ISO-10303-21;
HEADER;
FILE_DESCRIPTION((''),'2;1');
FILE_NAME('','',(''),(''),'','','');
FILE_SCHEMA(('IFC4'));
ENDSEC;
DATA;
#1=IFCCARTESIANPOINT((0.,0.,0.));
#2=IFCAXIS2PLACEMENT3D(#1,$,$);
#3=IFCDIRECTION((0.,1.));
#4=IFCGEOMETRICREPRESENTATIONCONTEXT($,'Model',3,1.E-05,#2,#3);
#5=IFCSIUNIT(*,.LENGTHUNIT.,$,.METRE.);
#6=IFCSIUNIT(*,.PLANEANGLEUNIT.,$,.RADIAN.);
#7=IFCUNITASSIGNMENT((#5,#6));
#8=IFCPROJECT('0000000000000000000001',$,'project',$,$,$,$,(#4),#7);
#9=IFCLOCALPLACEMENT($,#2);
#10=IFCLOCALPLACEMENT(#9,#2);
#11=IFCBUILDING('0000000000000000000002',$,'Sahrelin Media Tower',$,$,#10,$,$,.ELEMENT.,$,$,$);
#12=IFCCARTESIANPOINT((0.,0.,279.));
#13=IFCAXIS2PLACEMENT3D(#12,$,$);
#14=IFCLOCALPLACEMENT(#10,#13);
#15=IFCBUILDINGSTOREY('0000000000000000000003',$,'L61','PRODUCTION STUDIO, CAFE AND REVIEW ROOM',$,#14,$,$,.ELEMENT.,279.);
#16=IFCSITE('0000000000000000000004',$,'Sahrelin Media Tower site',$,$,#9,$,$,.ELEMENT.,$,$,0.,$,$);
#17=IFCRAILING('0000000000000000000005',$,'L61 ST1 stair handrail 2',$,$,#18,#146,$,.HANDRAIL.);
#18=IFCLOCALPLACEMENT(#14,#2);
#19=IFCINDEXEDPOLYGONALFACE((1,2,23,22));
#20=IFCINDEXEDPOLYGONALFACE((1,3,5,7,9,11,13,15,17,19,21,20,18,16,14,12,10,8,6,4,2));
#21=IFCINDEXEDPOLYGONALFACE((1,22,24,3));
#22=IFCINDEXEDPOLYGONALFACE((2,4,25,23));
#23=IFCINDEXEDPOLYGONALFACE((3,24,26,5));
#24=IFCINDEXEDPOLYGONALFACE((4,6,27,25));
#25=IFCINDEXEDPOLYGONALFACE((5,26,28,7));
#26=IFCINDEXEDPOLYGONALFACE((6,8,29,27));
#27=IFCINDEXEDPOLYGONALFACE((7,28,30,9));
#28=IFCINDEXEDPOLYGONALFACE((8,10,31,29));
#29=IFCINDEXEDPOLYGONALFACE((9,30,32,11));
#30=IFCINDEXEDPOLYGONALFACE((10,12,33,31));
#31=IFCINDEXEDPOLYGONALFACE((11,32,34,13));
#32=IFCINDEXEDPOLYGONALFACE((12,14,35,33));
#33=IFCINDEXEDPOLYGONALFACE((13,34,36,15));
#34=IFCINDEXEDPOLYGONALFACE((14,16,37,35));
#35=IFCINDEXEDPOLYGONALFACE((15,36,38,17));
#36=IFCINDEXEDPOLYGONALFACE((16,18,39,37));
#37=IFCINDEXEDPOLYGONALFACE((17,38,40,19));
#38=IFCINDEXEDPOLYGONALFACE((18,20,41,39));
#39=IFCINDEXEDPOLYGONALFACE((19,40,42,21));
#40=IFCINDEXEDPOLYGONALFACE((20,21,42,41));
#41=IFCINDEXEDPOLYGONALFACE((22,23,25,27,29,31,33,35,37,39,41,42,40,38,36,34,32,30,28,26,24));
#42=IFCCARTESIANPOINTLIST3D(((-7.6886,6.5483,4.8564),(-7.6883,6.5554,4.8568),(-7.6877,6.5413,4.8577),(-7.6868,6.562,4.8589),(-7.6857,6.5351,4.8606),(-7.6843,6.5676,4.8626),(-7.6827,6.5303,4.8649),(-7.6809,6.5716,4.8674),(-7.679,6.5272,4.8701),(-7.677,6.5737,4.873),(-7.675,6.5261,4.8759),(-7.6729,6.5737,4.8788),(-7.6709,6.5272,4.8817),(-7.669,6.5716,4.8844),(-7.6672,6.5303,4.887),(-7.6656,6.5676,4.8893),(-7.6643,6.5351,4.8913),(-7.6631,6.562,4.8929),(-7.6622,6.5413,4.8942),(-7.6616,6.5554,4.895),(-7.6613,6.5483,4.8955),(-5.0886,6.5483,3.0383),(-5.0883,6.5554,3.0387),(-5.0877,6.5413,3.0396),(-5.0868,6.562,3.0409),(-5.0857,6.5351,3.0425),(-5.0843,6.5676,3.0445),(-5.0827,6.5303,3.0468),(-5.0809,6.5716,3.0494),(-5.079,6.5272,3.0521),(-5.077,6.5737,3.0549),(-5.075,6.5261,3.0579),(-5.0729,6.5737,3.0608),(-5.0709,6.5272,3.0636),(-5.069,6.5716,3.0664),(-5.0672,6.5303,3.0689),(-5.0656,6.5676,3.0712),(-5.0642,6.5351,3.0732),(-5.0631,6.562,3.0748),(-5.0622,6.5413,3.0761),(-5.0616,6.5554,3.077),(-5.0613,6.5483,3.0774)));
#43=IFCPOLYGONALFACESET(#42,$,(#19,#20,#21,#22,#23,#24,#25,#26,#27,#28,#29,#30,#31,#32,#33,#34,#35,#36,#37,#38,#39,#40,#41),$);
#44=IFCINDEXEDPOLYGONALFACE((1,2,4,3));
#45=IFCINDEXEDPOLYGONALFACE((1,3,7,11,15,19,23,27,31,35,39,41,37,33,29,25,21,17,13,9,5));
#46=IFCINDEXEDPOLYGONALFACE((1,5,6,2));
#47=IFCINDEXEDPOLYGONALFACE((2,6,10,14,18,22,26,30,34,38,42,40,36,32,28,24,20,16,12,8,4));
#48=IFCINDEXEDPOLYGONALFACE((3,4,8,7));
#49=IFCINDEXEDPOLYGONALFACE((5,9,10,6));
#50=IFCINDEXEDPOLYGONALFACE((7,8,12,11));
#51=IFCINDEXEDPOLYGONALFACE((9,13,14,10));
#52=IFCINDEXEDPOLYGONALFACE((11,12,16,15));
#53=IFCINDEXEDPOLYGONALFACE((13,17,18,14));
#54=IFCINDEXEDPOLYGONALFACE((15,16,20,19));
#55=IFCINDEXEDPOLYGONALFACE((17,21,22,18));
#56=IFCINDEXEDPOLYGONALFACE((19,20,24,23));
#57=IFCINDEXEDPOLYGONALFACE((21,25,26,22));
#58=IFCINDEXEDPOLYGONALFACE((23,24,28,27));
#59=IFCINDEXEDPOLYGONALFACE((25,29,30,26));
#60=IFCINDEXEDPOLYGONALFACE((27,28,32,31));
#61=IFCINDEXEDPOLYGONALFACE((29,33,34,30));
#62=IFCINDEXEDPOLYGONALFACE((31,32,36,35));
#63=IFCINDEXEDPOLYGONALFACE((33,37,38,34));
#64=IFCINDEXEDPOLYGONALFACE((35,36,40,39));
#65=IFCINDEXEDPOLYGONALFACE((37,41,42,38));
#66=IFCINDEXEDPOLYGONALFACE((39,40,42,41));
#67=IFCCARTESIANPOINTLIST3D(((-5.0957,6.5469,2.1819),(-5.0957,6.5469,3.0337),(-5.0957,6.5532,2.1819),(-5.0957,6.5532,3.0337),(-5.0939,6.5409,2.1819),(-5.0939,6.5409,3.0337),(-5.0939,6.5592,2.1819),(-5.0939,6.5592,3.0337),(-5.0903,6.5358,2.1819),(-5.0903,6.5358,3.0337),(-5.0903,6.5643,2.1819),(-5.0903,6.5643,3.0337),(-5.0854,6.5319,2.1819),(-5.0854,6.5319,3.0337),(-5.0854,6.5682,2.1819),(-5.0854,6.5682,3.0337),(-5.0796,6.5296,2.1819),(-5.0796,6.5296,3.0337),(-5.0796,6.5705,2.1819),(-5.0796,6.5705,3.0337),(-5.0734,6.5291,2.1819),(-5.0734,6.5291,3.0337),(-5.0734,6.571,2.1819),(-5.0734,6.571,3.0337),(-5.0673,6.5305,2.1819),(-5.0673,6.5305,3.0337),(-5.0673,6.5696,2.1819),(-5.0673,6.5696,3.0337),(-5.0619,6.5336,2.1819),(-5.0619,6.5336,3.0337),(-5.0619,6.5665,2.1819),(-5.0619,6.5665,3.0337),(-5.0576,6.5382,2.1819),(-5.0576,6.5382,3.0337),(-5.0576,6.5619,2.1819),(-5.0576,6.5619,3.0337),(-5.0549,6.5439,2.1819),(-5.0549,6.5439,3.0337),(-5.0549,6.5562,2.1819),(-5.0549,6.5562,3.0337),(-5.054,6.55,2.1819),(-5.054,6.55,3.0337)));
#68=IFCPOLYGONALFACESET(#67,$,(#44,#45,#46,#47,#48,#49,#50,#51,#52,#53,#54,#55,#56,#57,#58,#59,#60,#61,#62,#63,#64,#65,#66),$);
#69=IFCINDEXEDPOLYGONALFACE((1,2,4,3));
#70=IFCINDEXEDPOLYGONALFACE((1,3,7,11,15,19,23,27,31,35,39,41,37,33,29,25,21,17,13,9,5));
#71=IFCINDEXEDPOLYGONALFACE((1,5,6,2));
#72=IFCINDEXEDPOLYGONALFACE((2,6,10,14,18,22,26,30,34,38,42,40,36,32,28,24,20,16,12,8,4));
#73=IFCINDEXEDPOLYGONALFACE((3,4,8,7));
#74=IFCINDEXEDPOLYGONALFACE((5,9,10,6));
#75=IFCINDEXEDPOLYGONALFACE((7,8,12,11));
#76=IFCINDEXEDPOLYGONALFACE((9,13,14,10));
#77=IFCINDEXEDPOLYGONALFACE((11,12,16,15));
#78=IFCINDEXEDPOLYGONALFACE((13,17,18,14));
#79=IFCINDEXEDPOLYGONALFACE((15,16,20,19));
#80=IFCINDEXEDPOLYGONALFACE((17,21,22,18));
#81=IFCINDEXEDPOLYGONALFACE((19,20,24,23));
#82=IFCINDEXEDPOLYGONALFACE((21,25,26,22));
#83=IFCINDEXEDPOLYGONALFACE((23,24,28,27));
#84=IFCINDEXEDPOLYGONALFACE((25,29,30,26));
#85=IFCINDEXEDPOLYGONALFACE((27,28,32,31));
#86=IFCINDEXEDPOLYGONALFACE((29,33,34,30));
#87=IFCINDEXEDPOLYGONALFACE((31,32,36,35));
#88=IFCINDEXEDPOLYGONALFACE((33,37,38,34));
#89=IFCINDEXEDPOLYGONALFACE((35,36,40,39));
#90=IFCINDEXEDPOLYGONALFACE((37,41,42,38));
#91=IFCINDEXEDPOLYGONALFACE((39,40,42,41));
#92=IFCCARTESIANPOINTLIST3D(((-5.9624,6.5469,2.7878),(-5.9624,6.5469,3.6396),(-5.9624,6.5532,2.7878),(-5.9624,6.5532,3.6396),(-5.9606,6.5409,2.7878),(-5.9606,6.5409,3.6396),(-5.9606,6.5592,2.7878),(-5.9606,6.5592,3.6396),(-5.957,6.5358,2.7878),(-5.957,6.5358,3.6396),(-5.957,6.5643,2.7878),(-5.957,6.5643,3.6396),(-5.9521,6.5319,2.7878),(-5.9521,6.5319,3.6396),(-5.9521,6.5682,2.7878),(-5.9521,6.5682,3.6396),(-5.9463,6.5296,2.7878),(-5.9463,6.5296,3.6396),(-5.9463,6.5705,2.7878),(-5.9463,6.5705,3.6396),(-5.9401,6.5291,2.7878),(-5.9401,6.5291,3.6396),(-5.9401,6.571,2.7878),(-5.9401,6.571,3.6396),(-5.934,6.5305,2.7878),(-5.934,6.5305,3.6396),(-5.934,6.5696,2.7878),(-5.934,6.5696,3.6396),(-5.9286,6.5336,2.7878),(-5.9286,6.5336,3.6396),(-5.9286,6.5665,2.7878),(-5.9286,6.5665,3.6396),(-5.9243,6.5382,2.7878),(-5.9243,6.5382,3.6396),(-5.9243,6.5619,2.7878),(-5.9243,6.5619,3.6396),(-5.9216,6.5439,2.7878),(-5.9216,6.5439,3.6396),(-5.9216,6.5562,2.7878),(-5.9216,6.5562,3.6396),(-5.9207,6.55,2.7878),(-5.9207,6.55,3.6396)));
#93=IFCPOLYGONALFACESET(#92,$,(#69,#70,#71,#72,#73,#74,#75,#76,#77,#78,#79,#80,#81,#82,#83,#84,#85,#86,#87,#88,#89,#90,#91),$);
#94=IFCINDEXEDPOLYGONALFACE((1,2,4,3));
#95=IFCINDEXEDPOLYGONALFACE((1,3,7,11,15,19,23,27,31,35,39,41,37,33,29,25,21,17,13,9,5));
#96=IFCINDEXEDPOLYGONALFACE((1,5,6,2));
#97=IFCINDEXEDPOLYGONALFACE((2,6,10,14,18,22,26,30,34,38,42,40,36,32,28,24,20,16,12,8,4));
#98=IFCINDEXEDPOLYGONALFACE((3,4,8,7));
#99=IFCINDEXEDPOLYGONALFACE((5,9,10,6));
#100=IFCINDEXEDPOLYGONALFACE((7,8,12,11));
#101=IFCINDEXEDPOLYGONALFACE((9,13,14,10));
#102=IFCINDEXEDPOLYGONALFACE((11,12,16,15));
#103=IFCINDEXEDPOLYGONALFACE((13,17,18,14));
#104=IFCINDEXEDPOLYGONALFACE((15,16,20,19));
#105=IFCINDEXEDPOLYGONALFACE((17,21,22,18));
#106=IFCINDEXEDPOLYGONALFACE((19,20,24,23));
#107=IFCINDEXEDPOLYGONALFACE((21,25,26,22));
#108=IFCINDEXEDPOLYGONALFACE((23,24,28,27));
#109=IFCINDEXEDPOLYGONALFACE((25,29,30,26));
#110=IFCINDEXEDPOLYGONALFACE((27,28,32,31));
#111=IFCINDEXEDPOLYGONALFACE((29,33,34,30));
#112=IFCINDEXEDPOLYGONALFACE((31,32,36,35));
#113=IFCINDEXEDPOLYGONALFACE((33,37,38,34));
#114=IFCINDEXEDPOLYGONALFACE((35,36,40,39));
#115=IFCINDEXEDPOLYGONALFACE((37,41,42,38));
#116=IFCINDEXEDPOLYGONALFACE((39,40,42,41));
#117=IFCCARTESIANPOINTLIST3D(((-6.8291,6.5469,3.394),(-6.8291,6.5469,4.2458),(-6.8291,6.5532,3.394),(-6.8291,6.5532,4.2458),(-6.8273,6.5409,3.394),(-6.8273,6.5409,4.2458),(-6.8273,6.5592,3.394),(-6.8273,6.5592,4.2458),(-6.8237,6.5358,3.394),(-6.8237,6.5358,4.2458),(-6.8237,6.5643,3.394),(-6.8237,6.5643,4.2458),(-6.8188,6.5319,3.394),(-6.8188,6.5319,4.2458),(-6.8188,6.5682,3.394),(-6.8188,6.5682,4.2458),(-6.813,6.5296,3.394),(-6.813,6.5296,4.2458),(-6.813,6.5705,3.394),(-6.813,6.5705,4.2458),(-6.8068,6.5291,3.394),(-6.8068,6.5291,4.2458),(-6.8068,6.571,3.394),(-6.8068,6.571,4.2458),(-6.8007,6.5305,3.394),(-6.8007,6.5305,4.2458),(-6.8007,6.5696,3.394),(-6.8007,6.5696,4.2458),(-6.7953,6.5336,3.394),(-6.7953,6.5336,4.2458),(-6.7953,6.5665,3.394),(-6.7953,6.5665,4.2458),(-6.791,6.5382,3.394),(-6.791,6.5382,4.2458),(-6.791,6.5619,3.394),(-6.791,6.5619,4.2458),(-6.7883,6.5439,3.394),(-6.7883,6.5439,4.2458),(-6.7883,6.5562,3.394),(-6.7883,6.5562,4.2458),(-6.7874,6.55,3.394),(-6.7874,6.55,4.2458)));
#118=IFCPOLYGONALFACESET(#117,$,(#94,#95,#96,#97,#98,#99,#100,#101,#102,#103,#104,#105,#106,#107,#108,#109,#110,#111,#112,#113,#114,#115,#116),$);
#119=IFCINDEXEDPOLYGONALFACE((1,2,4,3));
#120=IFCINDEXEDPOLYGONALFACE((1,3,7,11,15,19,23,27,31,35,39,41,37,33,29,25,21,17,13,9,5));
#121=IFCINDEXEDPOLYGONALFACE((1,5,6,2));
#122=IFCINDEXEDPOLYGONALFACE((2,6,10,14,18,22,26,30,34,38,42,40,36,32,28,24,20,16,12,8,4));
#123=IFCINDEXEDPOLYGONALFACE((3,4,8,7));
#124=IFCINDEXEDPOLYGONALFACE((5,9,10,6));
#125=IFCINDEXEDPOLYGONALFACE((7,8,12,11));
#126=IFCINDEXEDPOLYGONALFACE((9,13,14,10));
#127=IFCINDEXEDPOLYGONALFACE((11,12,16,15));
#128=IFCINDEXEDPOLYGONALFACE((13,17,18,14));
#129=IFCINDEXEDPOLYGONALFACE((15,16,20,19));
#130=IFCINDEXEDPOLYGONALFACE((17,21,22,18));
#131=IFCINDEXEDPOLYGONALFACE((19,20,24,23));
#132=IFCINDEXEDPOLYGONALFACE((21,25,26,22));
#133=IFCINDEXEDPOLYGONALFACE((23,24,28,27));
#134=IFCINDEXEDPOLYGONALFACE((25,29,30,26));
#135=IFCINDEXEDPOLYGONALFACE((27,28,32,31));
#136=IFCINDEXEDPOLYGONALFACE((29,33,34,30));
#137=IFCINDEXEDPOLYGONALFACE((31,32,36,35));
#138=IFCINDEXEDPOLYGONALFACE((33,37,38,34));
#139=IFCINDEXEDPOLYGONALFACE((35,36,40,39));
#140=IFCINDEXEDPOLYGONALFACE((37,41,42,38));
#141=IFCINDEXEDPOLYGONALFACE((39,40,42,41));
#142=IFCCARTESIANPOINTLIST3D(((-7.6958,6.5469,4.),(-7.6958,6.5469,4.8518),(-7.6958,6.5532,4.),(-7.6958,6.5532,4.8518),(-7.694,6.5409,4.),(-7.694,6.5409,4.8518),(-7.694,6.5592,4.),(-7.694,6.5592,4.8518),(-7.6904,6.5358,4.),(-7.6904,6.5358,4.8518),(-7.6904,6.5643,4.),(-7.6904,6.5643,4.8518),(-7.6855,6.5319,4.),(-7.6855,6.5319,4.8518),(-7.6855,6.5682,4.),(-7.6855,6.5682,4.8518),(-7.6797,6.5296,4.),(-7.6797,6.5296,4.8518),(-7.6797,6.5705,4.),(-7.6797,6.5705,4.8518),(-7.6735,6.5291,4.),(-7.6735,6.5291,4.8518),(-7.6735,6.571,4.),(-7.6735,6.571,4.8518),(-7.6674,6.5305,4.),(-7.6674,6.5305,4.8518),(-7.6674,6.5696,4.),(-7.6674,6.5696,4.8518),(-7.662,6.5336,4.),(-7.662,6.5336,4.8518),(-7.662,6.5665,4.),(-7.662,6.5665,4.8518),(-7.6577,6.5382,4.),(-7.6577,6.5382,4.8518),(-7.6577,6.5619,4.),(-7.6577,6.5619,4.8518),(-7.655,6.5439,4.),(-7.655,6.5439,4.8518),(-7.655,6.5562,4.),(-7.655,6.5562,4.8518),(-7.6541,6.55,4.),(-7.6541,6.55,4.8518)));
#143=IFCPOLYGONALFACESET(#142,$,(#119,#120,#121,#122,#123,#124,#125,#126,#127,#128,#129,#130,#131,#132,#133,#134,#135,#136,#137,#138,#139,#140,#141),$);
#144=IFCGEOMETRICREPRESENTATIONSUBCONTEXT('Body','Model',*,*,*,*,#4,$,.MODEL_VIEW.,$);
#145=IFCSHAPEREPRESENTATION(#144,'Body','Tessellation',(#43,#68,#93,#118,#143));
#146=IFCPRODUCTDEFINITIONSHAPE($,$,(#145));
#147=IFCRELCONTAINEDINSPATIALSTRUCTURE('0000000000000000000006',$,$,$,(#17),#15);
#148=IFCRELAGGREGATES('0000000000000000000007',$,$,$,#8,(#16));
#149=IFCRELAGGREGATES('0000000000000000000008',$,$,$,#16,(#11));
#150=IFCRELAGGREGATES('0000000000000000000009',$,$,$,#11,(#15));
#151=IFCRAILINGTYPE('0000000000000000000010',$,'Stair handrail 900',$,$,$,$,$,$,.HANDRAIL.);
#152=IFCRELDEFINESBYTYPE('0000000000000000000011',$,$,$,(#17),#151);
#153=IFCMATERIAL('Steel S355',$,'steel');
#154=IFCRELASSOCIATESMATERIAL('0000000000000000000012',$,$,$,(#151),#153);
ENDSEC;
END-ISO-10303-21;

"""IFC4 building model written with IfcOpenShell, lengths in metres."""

from ifc_helpers import new_model, si_unit, direction, frame, origin, origin_2d, place, context, subcontext, project, spatial, circle, extrude, material, type_object, element, save


model = new_model("IFC4")

# Units and contexts
model_context = context("Model", 3, precision=1e-05, world=origin(), true_north=direction((0.0, 1.0)))
body_context = subcontext(model_context, "Body", "Model", "MODEL_VIEW")
ifc_project = project(units=[si_unit("LENGTHUNIT", "METRE"), si_unit("PLANEANGLEUNIT", "RADIAN")], contexts=[model_context])

# Site, building, storey
site_placement = place(None, origin())
site = spatial("IfcSite", under=ifc_project, at=site_placement, Name="Sahrelin Media Tower site", CompositionType="ELEMENT", RefElevation=0.0)
building_placement = place(site_placement, origin())
building = spatial("IfcBuilding", under=site, at=building_placement, Name="Sahrelin Media Tower", CompositionType="ELEMENT")
storey_placement = place(building_placement, frame((0.0, 0.0, 279.0)))
storey = spatial("IfcBuildingStorey", under=building, at=storey_placement, Name="L61", Description="PRODUCTION STUDIO, CAFE AND REVIEW ROOM", CompositionType="ELEMENT", Elevation=279.0)

# Shared definitions
ifc_material_1 = material(Name="Steel S355", Category="steel")

# Railing
railing_type_1 = type_object("IfcRailingType", Name="Stair handrail 900", PredefinedType="HANDRAIL", material=ifc_material_1)
railing_1_placement = place(storey_placement, frame((-5.075, 6.55, 2.1819)))
element("IfcRailing", 1, at=railing_1_placement, inside=storey, type_object=railing_type_1, Name="L61 ST1 stair handrail 2", PredefinedType="HANDRAIL", context=body_context, shape_type="SweptSolid", body=[
    extrude(circle(Radius=0.0239, at=origin_2d()), frame((0.0, 0.0, 0.876), z_axis=(-0.819521, 0.0, 0.573049), x_axis=(0.0, -1.0, 0.0)), (0.0, 0.0, 1.0), 3.1726),
    extrude(circle(Radius=0.021, at=origin_2d()), origin(), (0.0, 0.0, 1.0), 0.8518),
    extrude(circle(Radius=0.021, at=origin_2d()), frame((-0.8667, 0.0, 0.606)), (0.0, 0.0, 1.0), 0.8518),
    extrude(circle(Radius=0.021, at=origin_2d()), frame((-1.7334, 0.0, 1.2122)), (0.0, 0.0, 1.0), 0.8518),
    extrude(circle(Radius=0.021, at=origin_2d()), frame((-2.6001, 0.0, 1.8181)), (0.0, 0.0, 1.0), 0.8518),
])

save(model, "model.ifc")
